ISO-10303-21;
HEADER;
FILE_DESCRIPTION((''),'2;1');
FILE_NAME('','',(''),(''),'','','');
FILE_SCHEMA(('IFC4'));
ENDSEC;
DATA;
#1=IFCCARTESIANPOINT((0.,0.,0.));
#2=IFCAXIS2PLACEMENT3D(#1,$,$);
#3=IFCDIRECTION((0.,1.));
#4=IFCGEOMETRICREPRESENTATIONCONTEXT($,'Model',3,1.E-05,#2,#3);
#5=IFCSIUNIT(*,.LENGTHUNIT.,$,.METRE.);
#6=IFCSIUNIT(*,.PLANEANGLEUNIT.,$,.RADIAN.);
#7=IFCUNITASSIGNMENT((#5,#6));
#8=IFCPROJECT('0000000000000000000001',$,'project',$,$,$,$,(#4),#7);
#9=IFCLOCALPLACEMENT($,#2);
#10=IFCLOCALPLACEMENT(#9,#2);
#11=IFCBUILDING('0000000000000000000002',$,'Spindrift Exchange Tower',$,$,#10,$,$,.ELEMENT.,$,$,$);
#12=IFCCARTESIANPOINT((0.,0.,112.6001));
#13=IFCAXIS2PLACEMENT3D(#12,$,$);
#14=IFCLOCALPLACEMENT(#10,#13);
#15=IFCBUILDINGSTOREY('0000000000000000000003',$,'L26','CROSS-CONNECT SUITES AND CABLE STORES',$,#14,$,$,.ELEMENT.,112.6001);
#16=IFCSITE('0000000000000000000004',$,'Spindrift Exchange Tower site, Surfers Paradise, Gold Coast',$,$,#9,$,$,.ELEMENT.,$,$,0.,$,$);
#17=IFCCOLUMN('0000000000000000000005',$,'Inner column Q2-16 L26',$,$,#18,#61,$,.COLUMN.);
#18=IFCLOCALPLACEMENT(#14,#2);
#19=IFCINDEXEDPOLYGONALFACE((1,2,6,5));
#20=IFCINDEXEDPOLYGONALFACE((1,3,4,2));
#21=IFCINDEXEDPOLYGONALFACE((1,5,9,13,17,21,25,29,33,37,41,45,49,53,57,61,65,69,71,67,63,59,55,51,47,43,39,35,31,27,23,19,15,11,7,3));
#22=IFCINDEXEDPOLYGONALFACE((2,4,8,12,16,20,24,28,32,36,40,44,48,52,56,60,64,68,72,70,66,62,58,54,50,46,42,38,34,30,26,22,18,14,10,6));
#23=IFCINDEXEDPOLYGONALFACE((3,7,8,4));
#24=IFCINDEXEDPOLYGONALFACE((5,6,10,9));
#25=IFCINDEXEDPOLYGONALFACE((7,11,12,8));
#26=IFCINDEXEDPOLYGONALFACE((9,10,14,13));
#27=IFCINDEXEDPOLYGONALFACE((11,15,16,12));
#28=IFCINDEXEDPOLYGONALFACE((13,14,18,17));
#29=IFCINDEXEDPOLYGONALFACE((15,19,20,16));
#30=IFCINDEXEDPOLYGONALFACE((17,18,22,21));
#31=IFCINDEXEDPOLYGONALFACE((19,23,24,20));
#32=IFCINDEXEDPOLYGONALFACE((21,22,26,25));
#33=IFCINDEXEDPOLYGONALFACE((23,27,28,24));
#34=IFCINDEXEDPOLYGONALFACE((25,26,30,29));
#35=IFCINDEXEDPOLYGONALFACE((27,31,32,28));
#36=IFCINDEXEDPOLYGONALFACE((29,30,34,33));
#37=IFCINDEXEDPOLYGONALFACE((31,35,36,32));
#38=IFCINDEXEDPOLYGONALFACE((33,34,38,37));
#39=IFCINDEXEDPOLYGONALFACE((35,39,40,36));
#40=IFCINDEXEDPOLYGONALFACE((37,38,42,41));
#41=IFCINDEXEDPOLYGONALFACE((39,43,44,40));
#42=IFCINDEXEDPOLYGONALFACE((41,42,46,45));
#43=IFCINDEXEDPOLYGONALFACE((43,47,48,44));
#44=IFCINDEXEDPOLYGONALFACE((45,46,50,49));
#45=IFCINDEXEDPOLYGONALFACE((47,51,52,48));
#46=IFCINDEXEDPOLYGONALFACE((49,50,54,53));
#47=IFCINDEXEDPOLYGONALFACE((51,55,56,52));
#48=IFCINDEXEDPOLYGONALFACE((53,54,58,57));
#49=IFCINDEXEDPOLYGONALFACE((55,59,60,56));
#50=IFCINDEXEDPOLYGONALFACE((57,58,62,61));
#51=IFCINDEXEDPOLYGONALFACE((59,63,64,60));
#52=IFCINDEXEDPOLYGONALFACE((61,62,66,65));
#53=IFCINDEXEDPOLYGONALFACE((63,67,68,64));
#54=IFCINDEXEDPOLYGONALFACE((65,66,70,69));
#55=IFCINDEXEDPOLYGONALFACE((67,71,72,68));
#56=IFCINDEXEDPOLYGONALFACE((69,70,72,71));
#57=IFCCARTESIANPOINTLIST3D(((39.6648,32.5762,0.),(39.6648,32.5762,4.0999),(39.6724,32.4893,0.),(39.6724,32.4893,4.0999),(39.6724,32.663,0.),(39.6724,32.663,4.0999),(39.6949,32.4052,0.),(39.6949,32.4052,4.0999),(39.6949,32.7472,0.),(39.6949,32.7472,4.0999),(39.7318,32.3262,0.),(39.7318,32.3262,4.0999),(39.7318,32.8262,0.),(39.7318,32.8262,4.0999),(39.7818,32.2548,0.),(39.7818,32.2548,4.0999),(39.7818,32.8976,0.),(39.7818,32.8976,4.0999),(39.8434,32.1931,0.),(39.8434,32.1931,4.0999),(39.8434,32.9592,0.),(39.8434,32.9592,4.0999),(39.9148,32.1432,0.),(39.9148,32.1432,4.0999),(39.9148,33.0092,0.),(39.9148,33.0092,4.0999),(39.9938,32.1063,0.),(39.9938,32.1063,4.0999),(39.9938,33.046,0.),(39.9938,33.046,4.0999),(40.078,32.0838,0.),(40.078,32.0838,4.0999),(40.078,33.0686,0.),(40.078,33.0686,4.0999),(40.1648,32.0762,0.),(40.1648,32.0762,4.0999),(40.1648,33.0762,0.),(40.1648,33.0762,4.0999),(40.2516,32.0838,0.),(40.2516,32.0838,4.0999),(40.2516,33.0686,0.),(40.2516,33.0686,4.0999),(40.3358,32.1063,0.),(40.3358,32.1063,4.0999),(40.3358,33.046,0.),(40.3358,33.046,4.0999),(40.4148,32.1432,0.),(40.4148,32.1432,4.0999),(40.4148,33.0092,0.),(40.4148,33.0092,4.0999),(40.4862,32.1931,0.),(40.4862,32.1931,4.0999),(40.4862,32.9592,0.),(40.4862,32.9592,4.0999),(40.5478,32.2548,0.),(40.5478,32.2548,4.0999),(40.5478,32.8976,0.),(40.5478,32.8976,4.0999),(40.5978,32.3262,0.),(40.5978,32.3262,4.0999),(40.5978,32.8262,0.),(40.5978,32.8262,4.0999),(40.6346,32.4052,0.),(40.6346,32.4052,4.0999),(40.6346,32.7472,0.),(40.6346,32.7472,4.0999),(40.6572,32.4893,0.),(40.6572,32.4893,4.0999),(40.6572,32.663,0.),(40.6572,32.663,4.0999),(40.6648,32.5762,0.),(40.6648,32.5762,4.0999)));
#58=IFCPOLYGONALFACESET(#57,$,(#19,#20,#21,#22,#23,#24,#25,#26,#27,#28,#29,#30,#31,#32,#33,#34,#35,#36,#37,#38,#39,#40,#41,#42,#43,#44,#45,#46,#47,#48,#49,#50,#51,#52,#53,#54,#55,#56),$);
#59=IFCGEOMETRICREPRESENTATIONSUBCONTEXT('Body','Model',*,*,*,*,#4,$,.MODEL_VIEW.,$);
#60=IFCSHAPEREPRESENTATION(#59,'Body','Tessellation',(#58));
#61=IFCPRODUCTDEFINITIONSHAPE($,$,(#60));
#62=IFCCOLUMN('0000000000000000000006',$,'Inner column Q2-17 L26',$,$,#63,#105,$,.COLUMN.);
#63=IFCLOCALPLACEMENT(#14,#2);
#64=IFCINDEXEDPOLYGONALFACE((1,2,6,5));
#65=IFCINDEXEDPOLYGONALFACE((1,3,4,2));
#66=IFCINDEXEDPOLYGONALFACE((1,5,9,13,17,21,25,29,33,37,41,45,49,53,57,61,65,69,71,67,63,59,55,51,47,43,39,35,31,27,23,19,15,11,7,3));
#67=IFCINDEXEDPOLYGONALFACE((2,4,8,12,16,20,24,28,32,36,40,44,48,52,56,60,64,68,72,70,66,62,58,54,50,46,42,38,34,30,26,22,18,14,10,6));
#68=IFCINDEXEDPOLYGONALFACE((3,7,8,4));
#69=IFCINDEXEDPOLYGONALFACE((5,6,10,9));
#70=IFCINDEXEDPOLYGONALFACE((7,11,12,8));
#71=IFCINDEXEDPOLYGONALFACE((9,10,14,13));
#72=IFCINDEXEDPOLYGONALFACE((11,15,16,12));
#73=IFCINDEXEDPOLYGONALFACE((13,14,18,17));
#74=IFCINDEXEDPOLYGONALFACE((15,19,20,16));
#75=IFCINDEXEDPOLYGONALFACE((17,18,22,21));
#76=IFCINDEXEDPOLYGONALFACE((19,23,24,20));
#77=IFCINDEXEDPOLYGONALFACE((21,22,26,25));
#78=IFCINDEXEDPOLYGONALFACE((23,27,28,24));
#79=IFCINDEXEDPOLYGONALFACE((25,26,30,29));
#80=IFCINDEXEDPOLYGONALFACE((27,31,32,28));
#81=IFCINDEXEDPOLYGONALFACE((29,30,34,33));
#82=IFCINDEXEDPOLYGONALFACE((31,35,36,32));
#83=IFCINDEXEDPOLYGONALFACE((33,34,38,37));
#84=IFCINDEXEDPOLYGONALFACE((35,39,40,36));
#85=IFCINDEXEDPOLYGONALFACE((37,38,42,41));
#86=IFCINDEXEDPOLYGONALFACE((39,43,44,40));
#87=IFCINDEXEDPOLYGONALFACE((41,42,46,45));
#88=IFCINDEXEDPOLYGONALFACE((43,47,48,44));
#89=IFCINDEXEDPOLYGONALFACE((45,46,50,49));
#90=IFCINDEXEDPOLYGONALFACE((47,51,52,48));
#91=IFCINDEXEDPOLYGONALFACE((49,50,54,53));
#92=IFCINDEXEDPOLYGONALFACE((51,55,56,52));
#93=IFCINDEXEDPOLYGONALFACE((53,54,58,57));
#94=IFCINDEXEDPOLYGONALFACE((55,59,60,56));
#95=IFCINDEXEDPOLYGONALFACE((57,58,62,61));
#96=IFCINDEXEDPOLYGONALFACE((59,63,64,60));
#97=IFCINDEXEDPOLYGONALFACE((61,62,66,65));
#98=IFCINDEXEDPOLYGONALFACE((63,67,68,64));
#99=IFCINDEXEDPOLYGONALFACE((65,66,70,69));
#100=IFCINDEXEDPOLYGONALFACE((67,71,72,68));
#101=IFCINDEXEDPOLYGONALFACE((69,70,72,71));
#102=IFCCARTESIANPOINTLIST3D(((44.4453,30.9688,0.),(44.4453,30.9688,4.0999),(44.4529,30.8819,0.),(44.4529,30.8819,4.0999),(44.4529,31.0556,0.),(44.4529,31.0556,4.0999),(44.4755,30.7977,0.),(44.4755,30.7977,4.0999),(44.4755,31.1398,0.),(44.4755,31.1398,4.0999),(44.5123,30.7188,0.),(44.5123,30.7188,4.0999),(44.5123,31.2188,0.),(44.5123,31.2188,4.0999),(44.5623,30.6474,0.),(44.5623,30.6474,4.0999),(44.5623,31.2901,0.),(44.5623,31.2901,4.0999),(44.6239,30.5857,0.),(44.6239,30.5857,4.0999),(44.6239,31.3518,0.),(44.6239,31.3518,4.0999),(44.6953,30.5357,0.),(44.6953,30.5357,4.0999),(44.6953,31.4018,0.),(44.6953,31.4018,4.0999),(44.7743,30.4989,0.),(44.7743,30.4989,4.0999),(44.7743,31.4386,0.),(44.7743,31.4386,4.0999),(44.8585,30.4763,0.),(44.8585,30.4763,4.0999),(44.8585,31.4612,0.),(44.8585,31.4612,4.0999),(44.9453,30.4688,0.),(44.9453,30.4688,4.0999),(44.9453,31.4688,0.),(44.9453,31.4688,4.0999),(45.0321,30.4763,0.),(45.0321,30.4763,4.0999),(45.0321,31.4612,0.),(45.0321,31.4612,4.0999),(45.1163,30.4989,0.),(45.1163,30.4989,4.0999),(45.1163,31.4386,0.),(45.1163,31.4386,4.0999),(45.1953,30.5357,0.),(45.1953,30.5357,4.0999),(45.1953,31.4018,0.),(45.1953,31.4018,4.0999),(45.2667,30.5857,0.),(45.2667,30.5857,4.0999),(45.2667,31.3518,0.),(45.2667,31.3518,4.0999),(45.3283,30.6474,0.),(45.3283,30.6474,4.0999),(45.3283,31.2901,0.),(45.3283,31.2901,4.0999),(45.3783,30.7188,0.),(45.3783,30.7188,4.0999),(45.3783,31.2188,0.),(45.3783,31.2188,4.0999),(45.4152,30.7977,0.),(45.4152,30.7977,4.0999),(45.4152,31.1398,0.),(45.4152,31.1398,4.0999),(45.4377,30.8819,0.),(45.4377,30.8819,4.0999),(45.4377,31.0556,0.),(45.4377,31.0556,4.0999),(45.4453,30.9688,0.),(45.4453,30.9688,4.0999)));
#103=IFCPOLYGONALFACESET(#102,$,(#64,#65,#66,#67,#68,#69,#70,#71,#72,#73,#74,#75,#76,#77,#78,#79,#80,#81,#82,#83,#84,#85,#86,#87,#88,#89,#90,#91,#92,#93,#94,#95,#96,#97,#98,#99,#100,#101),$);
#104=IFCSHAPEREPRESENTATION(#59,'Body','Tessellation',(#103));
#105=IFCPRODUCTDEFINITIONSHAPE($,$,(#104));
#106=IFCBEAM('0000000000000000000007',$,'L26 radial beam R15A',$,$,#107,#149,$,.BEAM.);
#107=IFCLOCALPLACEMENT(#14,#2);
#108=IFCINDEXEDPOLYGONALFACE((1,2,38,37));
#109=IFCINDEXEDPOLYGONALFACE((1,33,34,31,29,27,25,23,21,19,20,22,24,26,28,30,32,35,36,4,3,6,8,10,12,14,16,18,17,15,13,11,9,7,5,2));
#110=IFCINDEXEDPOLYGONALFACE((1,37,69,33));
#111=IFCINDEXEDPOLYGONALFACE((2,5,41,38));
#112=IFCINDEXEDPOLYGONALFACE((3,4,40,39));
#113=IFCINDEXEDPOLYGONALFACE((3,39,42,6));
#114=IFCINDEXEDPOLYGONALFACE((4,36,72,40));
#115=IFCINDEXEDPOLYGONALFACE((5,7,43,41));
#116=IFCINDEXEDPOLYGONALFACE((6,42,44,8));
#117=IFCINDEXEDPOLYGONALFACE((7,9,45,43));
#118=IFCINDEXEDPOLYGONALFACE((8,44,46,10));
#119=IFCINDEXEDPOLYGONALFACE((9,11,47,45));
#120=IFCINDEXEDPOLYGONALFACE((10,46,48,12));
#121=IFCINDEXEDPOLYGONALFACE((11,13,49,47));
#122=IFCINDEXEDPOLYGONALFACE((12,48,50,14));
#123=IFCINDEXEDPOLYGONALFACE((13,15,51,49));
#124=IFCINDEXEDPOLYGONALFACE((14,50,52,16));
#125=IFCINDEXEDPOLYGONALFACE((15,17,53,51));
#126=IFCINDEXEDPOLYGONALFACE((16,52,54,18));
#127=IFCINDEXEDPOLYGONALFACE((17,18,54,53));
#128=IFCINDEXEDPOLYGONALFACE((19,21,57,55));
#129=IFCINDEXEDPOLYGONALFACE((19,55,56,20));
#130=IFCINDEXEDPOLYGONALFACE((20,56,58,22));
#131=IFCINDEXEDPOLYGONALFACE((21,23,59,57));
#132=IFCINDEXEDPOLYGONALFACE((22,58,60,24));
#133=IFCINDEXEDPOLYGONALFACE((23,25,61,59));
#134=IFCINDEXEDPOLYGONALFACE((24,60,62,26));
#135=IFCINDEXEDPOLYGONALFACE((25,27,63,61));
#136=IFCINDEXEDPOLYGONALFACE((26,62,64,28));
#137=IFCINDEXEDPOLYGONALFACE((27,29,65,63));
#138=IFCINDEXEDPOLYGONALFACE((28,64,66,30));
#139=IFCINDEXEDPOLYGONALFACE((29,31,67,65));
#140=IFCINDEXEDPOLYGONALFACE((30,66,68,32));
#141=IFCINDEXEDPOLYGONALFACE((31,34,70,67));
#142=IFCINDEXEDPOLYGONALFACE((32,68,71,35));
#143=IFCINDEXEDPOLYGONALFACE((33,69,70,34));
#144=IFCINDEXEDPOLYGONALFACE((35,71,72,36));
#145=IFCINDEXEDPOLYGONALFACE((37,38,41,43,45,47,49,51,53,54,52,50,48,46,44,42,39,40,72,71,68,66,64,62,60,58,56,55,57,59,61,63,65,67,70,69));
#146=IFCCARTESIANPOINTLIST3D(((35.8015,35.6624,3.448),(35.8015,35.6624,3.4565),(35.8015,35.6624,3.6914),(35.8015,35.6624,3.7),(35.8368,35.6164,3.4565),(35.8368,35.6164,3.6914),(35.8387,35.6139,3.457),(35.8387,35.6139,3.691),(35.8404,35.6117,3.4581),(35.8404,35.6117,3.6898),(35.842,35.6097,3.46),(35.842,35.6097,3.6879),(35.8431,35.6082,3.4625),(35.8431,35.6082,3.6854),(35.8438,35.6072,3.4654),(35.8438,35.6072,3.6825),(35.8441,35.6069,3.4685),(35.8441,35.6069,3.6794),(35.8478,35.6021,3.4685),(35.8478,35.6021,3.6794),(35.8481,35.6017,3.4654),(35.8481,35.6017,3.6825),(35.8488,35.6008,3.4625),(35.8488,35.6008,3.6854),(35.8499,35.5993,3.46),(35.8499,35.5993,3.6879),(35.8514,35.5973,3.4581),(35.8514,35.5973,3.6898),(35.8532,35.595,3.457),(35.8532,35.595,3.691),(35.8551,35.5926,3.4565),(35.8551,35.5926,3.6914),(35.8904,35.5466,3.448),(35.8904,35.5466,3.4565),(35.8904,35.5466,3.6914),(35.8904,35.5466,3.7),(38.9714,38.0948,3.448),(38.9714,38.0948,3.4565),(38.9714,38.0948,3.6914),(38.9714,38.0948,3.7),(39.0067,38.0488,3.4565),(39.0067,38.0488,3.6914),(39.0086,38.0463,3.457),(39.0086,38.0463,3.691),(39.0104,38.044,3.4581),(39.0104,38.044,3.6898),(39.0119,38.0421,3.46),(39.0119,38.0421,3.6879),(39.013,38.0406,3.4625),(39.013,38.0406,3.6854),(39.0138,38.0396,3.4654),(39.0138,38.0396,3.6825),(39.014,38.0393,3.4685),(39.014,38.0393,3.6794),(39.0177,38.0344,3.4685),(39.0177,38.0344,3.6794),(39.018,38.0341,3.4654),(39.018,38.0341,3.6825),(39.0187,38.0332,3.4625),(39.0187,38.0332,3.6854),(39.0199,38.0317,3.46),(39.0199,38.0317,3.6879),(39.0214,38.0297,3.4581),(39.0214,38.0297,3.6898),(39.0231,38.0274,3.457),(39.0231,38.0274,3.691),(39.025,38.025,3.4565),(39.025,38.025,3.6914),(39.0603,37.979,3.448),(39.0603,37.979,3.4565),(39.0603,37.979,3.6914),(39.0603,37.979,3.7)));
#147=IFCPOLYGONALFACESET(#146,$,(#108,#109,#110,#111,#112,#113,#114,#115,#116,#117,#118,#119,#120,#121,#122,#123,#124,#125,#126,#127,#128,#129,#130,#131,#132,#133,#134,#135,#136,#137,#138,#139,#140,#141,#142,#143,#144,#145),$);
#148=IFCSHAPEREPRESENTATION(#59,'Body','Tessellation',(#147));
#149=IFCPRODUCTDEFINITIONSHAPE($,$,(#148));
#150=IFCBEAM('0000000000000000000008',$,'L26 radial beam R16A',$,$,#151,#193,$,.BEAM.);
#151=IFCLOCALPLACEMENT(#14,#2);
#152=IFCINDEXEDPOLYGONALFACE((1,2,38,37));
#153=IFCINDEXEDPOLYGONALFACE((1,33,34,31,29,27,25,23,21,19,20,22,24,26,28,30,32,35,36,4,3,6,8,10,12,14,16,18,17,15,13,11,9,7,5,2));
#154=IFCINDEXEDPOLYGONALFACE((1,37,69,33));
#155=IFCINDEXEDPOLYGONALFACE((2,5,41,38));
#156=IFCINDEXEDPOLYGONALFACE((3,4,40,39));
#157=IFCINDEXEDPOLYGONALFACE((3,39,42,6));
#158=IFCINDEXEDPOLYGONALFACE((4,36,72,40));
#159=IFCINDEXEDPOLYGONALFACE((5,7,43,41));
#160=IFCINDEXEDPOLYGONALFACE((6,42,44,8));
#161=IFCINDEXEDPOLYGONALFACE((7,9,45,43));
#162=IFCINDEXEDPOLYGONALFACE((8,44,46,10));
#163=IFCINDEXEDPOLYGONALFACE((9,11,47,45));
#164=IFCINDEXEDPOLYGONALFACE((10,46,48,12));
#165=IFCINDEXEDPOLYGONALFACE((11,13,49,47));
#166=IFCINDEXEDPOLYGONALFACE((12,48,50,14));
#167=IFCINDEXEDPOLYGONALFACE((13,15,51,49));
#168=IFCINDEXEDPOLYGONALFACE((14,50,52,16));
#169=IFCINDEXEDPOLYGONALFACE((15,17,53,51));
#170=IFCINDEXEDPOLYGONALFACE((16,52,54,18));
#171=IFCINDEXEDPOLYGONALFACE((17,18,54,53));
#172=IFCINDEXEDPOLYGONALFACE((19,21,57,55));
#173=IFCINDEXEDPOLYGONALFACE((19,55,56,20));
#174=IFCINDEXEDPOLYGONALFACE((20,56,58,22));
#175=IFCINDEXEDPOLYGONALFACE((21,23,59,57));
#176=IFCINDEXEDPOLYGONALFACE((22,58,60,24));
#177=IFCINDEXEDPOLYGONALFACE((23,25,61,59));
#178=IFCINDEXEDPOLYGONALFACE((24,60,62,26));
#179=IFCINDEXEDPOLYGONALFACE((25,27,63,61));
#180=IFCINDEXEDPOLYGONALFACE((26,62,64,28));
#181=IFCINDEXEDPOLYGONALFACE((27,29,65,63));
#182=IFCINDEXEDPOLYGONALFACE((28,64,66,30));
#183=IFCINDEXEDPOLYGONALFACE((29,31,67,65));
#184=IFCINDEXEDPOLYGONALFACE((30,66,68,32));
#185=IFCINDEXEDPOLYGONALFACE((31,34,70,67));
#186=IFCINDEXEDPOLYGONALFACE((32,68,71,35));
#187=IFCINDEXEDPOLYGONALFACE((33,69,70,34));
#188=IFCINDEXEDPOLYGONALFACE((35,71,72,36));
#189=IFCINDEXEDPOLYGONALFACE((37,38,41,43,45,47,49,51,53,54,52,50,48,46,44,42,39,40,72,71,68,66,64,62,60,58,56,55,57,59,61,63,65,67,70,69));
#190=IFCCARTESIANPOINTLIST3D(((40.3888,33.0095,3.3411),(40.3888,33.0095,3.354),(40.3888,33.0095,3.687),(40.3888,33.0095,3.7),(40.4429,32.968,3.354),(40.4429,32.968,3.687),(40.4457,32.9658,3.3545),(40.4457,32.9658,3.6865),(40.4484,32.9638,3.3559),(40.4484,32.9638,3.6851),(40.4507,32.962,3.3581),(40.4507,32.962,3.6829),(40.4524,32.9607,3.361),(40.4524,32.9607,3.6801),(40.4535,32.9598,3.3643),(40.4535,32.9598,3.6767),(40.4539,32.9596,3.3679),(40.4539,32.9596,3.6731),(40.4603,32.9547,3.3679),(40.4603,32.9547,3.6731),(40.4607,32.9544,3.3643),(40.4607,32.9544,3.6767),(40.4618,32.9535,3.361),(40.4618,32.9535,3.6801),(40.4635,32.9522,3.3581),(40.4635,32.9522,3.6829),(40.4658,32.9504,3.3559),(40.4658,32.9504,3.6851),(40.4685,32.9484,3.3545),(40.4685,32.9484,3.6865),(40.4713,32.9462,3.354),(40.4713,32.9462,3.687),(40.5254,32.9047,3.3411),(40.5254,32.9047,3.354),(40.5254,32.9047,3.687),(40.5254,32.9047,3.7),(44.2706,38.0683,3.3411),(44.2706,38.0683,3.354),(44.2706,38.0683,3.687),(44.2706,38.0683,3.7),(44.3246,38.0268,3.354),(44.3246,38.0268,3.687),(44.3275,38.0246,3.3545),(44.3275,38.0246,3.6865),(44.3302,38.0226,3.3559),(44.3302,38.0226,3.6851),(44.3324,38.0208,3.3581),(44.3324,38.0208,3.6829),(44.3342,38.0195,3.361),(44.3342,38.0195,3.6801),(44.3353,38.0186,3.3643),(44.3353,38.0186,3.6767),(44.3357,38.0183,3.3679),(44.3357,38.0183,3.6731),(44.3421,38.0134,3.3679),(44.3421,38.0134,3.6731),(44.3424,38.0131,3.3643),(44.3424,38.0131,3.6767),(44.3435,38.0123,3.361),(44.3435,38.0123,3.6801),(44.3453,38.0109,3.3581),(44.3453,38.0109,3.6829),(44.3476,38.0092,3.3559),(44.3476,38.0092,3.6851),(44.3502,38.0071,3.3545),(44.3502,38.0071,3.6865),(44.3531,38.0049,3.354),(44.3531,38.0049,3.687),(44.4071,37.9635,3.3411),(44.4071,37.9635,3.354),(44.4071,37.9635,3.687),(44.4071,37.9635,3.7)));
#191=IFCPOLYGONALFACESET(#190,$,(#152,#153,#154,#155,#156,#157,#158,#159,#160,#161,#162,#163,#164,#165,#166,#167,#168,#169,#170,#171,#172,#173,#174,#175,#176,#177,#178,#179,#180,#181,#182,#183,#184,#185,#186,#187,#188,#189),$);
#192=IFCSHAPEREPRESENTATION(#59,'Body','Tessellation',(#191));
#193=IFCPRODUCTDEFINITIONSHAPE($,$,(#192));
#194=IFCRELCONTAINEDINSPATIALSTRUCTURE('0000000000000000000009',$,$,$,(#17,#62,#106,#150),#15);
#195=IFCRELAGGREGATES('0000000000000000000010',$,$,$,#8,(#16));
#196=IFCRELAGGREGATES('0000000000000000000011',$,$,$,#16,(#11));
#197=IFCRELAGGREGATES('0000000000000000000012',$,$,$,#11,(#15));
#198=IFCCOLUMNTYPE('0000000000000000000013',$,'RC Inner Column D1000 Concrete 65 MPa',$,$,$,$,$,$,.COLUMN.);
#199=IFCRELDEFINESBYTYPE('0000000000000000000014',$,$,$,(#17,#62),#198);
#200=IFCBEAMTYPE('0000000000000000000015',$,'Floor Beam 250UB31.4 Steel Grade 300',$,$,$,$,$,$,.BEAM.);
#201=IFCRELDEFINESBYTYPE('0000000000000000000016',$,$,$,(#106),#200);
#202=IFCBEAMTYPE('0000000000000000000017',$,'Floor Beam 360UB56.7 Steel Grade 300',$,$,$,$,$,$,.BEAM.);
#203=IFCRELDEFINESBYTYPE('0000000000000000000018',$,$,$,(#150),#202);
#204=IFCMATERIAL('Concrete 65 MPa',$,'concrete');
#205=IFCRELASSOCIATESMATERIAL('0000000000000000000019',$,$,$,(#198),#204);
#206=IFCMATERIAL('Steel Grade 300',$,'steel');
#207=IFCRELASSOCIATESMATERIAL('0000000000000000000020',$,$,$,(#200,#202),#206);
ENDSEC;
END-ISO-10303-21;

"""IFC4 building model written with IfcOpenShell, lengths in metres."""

from ifc_helpers import new_model, si_unit, direction, frame, origin, origin_2d, place, context, subcontext, project, spatial, circle, i_section, extrude, source, transform, mapped, material, material_profile, profile_set, type_object, element, save


model = new_model("IFC4")

# Units and contexts
model_context = context("Model", 3, precision=1e-05, world=origin(), true_north=direction((0.0, 1.0)))
body_context = subcontext(model_context, "Body", "Model", "MODEL_VIEW")
ifc_project = project(units=[si_unit("LENGTHUNIT", "METRE"), si_unit("PLANEANGLEUNIT", "RADIAN")], contexts=[model_context])

# Site, building, storey
site_placement = place(None, origin())
site = spatial("IfcSite", under=ifc_project, at=site_placement, Name="Spindrift Exchange Tower site, Surfers Paradise, Gold Coast", CompositionType="ELEMENT", RefElevation=0.0)
building_placement = place(site_placement, origin())
building = spatial("IfcBuilding", under=site, at=building_placement, Name="Spindrift Exchange Tower", CompositionType="ELEMENT")
storey_placement = place(building_placement, frame((0.0, 0.0, 112.6001)))
storey = spatial("IfcBuildingStorey", under=building, at=storey_placement, Name="L26", Description="CROSS-CONNECT SUITES AND CABLE STORES", CompositionType="ELEMENT", Elevation=112.6001)

# Columns
ifc_material_1 = material(Name="Concrete 65 MPa", Category="concrete")
ifc_material_profile_1 = material_profile(ifc_material_1, circle(Radius=0.5, at=origin_2d()), Name="RC D1000")
ifc_profile_set_1 = profile_set([ifc_material_profile_1], Name="Concrete 65 MPa")
column_type = type_object("IfcColumnType", Name="RC Inner Column D1000 Concrete 65 MPa", PredefinedType="COLUMN", material=ifc_profile_set_1)
shared_shape_1 = source(origin(), body_context, "Body", "SweptSolid", [
    extrude(circle(Radius=0.5, at=origin_2d()), origin(), (0.0, 0.0, 1.0), 4.0999),
])
for number, where, z_axis, x_axis, name in (
    (1, (40.1648, 32.5762, 0.0), (0.0, 0.0, 1.0), (1.0, 0.0, 0.0), "Inner column Q2-16 L26"),
    (2, (44.9453, 30.9688, 0.0), (0.0, 0.0, 1.0), (1.0, 0.0, 0.0), "Inner column Q2-17 L26"),
):
    element("IfcColumn", number, at=place(storey_placement, frame(where, z_axis=z_axis, x_axis=x_axis)), inside=storey, type_object=column_type, Name=name, PredefinedType="COLUMN", context=body_context, shape_type="MappedRepresentation", body=[
        mapped(shared_shape_1, transform((0.0, 0.0, 0.0), scale=1.0)),
    ])

# Beams
ifc_material_2 = material(Name="Steel Grade 300", Category="steel")
ifc_material_profile_2 = material_profile(ifc_material_2, i_section(OverallWidth=0.146, OverallDepth=0.252, WebThickness=0.0061, FlangeThickness=0.0085, FilletRadius=0.012, at=origin_2d()), Name="250UB31.4")
ifc_profile_set_2 = profile_set([ifc_material_profile_2], Name="Steel Grade 300")
beam_type_1 = type_object("IfcBeamType", Name="Floor Beam 250UB31.4 Steel Grade 300", PredefinedType="BEAM", material=ifc_profile_set_2)
shared_shape_2 = source(origin(), body_context, "Body", "SweptSolid", [
    extrude(i_section(OverallWidth=0.146, OverallDepth=0.252, WebThickness=0.0061, FlangeThickness=0.0085, FilletRadius=0.012, at=origin_2d()), origin(), (0.0, 0.0, 1.0), 3.9956),
])
beam_1_placement = place(storey_placement, frame((39.0159, 38.0369, 3.574), z_axis=(-0.793353, -0.608762, 0.0), x_axis=(0.608762, -0.793353, 0.0)))
element("IfcBeam", 3, at=beam_1_placement, inside=storey, type_object=beam_type_1, Name="L26 radial beam R15A", PredefinedType="BEAM", context=body_context, shape_type="MappedRepresentation", body=[
    mapped(shared_shape_2, transform((0.0, 0.0, 0.0), scale=1.0)),
])
ifc_material_profile_3 = material_profile(ifc_material_2, i_section(OverallWidth=0.1721, OverallDepth=0.3589, WebThickness=0.0081, FlangeThickness=0.0129, FilletRadius=0.0139, at=origin_2d()), Name="360UB56.7")
ifc_profile_set_3 = profile_set([ifc_material_profile_3], Name="Steel Grade 300")
beam_type_2 = type_object("IfcBeamType", Name="Floor Beam 360UB56.7 Steel Grade 300", PredefinedType="BEAM", material=ifc_profile_set_3)
shared_shape_3 = source(origin(), body_context, "Body", "SweptSolid", [
    extrude(i_section(OverallWidth=0.1721, OverallDepth=0.3589, WebThickness=0.0081, FlangeThickness=0.0129, FilletRadius=0.0139, at=origin_2d()), origin(), (0.0, 0.0, 1.0), 6.3765),
])
beam_2_placement = place(storey_placement, frame((44.3389, 38.0159, 3.5205), z_axis=(-0.608767, -0.793349, 0.0), x_axis=(0.793349, -0.608767, 0.0)))
element("IfcBeam", 4, at=beam_2_placement, inside=storey, type_object=beam_type_2, Name="L26 radial beam R16A", PredefinedType="BEAM", context=body_context, shape_type="MappedRepresentation", body=[
    mapped(shared_shape_3, transform((0.0, 0.0, 0.0), scale=1.0)),
])

save(model, "model.ifc")
